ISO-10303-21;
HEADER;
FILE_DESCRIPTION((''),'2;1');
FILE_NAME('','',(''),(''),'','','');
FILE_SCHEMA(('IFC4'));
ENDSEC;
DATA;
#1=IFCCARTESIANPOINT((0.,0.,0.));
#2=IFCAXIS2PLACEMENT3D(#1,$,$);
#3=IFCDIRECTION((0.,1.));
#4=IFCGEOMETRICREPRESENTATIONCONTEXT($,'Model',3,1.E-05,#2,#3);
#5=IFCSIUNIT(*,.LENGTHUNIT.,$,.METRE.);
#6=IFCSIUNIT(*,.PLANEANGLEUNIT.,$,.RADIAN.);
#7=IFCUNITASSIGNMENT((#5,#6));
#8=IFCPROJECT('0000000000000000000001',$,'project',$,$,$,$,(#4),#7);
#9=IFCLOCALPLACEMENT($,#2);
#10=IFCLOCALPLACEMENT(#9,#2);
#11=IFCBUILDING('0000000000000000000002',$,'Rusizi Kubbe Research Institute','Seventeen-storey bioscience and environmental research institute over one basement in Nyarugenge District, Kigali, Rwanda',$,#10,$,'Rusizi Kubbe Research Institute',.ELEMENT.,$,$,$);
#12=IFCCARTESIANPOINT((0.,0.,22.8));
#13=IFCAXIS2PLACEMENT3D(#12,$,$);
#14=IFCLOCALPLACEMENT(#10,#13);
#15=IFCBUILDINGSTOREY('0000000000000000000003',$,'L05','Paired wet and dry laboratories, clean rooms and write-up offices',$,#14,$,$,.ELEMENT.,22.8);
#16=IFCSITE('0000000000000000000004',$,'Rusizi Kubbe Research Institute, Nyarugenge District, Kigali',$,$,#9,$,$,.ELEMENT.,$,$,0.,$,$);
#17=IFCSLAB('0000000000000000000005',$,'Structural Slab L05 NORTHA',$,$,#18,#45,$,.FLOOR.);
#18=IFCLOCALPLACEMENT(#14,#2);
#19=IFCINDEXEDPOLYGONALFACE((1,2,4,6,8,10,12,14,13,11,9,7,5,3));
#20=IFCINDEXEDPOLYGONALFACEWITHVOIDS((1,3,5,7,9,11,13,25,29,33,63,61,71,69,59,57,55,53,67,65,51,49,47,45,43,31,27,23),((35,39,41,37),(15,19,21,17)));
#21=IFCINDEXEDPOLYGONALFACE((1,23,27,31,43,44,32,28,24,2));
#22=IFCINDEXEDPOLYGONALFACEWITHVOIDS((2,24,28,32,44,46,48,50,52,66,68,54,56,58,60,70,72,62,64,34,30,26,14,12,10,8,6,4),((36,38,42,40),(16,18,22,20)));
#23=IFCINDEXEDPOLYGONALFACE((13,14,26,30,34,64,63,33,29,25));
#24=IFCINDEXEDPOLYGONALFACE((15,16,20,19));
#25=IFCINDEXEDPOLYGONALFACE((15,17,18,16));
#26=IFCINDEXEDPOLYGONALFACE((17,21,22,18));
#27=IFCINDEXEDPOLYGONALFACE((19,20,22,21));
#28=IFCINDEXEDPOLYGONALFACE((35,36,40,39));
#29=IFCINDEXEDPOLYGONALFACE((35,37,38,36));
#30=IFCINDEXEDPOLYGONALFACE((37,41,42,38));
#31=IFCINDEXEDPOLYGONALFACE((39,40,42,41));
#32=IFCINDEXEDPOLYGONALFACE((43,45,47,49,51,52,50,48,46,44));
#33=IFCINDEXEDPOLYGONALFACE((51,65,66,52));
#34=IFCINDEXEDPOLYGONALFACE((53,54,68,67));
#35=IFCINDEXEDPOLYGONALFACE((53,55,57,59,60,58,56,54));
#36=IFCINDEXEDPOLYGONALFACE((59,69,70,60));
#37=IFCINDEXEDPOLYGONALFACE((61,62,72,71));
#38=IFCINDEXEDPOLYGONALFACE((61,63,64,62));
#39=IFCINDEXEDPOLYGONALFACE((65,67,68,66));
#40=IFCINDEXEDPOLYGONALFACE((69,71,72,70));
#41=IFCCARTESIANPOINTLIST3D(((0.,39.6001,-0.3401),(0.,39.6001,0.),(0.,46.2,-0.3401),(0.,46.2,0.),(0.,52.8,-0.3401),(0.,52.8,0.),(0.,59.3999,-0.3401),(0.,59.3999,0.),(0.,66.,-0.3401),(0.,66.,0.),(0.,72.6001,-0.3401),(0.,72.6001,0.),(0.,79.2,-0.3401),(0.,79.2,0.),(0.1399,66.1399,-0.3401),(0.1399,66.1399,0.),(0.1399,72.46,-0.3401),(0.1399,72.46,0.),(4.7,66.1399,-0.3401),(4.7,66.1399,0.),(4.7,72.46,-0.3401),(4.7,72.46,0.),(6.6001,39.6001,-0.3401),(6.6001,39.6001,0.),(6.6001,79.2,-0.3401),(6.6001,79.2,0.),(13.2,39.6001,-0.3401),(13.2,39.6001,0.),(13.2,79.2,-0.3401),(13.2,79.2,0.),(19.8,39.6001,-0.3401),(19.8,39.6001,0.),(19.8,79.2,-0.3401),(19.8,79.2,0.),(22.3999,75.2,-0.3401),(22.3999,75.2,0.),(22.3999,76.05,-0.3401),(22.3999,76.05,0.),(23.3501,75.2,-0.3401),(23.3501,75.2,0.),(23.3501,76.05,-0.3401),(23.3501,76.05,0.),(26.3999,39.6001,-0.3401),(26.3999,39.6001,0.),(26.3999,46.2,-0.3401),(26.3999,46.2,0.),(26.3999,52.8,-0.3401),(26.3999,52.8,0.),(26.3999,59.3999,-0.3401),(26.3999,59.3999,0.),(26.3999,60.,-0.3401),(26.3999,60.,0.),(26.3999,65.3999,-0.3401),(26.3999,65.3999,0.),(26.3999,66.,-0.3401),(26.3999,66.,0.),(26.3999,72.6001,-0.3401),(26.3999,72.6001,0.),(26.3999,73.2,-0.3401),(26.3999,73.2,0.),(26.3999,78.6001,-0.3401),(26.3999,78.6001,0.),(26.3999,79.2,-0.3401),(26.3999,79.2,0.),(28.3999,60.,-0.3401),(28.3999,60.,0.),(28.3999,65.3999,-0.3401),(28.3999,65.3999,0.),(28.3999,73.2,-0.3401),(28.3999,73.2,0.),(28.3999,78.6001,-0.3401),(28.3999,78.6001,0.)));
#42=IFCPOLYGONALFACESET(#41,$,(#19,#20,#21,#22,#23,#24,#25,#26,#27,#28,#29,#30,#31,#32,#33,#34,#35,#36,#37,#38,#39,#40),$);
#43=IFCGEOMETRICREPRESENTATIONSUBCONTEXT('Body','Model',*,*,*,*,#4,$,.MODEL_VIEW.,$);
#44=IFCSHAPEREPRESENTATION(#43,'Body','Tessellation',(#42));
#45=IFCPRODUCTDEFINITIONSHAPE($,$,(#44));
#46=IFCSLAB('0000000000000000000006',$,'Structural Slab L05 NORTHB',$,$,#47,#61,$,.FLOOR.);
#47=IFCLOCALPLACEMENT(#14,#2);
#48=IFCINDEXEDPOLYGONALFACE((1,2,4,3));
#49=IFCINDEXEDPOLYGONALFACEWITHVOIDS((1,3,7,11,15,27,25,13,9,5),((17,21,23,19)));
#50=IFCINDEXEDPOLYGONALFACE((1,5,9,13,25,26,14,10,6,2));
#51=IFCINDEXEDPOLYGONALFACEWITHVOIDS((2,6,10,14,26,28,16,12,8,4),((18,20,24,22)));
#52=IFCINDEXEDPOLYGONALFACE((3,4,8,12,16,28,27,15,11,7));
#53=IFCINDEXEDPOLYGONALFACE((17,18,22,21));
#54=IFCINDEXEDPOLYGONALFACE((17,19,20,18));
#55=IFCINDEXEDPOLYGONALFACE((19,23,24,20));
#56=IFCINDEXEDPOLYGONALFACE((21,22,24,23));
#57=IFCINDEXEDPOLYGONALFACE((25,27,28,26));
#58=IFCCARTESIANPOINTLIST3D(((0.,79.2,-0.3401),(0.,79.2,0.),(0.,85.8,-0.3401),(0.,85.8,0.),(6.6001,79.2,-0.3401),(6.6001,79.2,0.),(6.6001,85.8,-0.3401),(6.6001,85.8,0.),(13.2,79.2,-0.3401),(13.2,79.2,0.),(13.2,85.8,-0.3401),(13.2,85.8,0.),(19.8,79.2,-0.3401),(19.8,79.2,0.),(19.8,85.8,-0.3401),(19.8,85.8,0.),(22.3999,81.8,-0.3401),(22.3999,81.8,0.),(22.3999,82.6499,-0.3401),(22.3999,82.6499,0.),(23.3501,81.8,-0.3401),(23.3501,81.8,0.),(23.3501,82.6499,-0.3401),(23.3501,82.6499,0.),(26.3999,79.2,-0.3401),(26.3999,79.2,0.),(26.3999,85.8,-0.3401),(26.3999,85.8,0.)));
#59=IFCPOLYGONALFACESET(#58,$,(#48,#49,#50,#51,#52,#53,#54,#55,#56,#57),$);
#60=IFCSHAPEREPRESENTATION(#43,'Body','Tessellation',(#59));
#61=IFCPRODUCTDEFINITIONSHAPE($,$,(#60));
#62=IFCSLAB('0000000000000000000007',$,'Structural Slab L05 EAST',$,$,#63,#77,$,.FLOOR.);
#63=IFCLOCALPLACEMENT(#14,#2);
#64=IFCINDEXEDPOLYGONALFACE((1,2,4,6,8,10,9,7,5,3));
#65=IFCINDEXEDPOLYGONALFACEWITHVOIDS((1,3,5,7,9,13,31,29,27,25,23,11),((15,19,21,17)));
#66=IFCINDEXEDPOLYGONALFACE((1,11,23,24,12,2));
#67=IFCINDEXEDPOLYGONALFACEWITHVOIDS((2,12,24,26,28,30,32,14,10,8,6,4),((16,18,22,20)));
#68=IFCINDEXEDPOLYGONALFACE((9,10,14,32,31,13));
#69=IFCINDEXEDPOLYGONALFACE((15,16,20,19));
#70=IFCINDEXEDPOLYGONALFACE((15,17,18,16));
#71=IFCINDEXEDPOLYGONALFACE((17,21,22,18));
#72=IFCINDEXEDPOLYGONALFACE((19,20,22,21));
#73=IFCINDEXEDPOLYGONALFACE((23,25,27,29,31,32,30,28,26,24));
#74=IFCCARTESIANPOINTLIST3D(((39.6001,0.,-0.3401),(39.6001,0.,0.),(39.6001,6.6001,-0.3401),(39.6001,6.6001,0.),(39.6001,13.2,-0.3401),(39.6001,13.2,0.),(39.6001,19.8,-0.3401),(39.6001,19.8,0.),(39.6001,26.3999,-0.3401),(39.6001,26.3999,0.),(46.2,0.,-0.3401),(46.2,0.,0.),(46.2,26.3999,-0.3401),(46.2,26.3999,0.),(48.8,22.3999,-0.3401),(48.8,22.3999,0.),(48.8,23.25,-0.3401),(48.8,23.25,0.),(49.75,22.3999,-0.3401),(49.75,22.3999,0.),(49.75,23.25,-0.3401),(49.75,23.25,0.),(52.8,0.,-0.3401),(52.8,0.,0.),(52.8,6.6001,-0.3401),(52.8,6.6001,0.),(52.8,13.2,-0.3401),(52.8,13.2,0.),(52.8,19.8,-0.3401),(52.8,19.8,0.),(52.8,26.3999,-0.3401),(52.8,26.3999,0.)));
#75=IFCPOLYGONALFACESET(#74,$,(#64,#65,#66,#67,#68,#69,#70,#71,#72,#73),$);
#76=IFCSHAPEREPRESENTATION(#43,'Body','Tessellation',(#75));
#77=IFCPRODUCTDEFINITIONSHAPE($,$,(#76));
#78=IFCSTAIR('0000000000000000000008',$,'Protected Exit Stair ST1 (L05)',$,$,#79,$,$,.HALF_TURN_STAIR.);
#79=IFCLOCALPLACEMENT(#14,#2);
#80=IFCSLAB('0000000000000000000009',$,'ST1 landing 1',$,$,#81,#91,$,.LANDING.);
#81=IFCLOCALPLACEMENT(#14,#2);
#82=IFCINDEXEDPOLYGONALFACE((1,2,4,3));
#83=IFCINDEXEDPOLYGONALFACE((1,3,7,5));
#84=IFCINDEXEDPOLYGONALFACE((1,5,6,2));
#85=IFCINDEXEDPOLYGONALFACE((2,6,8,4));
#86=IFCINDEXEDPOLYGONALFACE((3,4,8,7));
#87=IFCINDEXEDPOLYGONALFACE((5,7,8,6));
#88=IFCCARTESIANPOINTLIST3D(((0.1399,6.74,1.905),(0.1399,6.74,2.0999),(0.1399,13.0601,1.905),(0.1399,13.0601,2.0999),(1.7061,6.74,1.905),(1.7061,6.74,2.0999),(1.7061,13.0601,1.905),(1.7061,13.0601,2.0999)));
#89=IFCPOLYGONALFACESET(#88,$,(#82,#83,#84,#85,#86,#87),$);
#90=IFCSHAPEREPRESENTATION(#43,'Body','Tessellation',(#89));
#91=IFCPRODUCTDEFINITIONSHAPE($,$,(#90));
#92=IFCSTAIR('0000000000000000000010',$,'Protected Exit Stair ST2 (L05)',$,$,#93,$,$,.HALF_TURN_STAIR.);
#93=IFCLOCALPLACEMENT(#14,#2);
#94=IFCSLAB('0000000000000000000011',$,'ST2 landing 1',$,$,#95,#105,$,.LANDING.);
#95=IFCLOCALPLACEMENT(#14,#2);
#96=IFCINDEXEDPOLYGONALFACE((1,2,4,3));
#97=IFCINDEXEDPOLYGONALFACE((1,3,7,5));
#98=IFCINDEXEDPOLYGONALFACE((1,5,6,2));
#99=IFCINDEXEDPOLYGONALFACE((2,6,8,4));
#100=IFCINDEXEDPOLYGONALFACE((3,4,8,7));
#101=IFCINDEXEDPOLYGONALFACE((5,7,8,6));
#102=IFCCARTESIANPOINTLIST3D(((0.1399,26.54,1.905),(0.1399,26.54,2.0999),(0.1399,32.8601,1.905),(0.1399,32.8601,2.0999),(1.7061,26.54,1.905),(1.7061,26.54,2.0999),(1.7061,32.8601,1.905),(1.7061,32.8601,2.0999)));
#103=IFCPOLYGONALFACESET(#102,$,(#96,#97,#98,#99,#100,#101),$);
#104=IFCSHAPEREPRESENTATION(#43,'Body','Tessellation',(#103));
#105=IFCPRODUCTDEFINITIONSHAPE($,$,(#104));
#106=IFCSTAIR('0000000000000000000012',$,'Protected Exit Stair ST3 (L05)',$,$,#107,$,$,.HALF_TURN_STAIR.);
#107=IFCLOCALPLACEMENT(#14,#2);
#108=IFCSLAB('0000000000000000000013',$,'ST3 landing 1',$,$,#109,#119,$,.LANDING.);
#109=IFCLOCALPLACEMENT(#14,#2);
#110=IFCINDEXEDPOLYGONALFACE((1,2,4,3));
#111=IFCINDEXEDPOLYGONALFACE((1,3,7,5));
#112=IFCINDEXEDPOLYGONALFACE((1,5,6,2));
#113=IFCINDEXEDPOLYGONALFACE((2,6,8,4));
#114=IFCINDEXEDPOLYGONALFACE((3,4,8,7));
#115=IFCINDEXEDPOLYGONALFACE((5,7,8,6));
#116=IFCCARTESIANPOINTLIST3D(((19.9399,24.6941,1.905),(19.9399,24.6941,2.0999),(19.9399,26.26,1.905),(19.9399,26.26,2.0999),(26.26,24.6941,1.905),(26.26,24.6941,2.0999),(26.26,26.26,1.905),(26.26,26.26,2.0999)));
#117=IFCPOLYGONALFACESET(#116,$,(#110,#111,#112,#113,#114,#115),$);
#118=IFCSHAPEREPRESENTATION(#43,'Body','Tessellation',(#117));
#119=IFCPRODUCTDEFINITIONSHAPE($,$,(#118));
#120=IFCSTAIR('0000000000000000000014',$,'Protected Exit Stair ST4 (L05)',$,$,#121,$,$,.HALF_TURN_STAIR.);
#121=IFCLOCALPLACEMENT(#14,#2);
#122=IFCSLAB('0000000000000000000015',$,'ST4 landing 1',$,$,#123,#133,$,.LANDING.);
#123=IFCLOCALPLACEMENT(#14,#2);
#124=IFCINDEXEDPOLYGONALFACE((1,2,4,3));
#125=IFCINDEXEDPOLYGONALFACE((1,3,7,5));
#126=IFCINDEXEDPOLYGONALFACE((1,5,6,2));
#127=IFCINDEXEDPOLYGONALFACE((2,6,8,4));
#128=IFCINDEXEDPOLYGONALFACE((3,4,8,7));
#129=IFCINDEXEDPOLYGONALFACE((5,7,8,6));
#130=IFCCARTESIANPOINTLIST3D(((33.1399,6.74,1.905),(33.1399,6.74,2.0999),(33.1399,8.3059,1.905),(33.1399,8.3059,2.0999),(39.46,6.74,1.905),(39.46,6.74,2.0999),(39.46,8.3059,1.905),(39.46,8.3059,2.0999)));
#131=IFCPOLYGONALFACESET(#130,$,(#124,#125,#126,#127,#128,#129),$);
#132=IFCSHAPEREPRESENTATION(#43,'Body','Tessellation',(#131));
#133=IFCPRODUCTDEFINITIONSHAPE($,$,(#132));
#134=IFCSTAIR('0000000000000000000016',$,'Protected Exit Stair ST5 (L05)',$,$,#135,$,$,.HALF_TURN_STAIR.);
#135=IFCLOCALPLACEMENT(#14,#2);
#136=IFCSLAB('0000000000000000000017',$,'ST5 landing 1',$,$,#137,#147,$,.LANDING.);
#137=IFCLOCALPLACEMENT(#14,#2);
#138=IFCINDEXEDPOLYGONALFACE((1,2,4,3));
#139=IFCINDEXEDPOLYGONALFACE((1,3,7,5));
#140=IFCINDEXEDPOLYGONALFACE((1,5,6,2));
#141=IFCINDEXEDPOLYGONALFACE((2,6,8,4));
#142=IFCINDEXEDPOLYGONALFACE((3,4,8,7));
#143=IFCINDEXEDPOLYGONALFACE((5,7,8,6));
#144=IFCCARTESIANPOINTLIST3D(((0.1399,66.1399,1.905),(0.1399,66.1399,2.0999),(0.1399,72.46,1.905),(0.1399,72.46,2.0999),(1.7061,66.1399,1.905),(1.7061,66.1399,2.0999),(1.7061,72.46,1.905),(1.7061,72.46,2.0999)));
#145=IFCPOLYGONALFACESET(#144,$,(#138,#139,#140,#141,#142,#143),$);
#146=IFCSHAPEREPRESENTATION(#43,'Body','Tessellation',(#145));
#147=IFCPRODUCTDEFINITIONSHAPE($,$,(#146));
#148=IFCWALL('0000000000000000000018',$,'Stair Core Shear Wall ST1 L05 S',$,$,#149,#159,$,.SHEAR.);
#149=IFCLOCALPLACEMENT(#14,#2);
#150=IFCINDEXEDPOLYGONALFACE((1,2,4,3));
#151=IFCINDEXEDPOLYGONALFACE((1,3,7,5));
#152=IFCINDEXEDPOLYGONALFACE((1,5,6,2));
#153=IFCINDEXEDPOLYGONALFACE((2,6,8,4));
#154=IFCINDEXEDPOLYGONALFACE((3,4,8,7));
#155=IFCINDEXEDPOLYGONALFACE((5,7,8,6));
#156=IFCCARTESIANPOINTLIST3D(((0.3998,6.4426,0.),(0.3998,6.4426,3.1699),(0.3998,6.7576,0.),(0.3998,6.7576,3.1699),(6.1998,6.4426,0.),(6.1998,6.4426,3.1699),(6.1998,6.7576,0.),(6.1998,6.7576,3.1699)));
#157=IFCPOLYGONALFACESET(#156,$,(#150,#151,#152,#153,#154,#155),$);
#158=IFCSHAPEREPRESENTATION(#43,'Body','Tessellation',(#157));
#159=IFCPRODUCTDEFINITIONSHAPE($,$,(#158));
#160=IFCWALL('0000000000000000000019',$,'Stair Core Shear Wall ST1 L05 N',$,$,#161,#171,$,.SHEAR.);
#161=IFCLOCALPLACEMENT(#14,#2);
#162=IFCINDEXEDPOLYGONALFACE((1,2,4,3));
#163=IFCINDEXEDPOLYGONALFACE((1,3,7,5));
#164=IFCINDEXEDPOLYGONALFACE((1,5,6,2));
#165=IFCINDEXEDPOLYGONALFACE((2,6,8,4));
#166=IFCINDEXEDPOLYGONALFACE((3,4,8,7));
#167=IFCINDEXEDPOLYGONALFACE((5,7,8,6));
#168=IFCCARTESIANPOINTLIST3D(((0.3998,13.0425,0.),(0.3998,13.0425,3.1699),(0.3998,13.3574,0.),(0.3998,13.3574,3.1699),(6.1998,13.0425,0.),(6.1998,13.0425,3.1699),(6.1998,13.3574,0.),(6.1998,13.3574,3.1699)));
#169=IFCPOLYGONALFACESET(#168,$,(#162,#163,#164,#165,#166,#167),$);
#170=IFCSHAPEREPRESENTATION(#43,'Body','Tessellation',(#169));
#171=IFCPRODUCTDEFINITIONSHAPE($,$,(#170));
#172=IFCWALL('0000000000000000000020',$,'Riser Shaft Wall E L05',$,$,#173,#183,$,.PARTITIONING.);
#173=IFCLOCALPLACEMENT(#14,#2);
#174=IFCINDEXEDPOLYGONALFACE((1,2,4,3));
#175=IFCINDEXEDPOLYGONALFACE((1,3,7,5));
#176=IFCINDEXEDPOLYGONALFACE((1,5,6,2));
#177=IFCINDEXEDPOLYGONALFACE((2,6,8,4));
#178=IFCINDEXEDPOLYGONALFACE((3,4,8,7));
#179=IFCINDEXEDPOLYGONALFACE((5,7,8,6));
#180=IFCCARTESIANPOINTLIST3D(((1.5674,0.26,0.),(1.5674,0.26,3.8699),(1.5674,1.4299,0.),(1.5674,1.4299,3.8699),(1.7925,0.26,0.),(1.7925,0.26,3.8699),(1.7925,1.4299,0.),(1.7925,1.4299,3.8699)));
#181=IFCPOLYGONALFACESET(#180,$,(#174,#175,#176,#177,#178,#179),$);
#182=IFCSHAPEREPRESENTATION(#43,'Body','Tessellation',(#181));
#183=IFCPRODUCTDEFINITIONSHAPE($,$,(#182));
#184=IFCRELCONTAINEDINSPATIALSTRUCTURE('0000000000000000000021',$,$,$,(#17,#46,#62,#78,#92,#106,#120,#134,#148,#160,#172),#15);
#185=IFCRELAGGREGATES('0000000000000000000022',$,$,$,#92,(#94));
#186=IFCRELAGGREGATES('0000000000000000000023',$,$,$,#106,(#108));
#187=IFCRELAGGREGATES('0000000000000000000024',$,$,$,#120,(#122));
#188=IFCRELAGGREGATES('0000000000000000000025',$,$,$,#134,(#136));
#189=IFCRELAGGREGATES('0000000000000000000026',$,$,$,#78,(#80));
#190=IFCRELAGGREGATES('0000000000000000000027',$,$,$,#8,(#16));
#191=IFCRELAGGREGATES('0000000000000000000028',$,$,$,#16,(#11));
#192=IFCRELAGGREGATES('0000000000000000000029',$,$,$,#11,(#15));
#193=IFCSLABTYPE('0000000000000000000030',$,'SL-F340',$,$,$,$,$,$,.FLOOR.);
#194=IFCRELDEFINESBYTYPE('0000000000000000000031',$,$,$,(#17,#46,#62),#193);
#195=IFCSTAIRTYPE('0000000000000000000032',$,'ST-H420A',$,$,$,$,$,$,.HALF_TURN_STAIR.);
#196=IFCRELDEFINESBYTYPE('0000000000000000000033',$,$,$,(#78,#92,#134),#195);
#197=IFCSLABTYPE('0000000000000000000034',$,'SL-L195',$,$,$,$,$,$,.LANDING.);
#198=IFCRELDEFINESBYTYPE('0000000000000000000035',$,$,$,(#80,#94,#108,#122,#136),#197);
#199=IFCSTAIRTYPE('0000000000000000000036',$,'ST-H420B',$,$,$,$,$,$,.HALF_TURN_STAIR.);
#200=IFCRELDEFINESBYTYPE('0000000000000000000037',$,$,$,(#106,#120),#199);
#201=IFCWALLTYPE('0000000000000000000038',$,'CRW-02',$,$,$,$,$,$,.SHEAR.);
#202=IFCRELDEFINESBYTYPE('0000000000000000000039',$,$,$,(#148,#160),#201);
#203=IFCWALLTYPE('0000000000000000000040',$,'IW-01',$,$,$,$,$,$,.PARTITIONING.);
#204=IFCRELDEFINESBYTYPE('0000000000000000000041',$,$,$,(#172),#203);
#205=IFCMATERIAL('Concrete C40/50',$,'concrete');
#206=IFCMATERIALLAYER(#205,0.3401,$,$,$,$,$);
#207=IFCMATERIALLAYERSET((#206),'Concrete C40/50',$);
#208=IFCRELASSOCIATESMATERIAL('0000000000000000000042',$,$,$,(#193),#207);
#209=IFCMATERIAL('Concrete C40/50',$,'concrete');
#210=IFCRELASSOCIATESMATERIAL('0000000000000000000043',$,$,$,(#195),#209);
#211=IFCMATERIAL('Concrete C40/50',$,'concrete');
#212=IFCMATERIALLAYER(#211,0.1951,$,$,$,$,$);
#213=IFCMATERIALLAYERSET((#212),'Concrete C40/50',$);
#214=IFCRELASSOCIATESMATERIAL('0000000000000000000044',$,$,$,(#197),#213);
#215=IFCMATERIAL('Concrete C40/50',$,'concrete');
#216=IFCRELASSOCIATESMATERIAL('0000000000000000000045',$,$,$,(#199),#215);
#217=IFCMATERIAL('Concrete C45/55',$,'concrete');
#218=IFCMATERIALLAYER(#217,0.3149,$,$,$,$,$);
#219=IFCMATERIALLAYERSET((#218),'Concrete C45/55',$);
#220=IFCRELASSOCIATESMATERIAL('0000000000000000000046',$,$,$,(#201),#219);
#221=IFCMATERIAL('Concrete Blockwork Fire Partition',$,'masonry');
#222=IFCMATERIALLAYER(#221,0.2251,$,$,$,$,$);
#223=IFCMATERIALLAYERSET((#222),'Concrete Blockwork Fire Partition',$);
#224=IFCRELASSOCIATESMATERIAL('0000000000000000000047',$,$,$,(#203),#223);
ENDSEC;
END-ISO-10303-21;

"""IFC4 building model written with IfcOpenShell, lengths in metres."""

from ifc_helpers import new_model, si_unit, direction, frame, frame_2d, origin, place, context, subcontext, project, spatial, polyline, rectangle, outline, extrude, material, layer, layer_set, type_object, element, aggregate, save


model = new_model("IFC4")

# Units and contexts
model_context = context("Model", 3, precision=1e-05, world=origin(), true_north=direction((0.0, 1.0)))
body_context = subcontext(model_context, "Body", "Model", "MODEL_VIEW")
ifc_project = project(units=[si_unit("LENGTHUNIT", "METRE"), si_unit("PLANEANGLEUNIT", "RADIAN")], contexts=[model_context])

# Site, building, storey
site_placement = place(None, origin())
site = spatial("IfcSite", under=ifc_project, at=site_placement, Name="Rusizi Kubbe Research Institute, Nyarugenge District, Kigali", CompositionType="ELEMENT", RefElevation=0.0)
building_placement = place(site_placement, origin())
building = spatial("IfcBuilding", under=site, at=building_placement, Name="Rusizi Kubbe Research Institute", Description="Seventeen-storey bioscience and environmental research institute over one basement in Nyarugenge District, Kigali, Rwanda", LongName="Rusizi Kubbe Research Institute", CompositionType="ELEMENT")
storey_placement = place(building_placement, frame((0.0, 0.0, 22.8)))
storey = spatial("IfcBuildingStorey", under=building, at=storey_placement, Name="L05", Description="Paired wet and dry laboratories, clean rooms and write-up offices", CompositionType="ELEMENT", Elevation=22.8)

# Slabs
ifc_material_1 = material(Name="Concrete C40/50", Category="concrete")
ifc_layer_1 = layer(ifc_material_1, 0.3401)
ifc_layer_set_1 = layer_set([ifc_layer_1], Name="Concrete C40/50")
slab_type_1 = type_object("IfcSlabType", Name="SL-F340", PredefinedType="FLOOR", material=ifc_layer_set_1)
slab_1_placement = place(storey_placement, frame((0.0, 0.0, -0.3401)))
element("IfcSlab", 1, at=slab_1_placement, inside=storey, type_object=slab_type_1, Name="Structural Slab L05 NORTHA", PredefinedType="FLOOR", context=body_context, shape_type="SweptSolid", body=[
    extrude(outline(polyline([(0.0, 72.6001), (0.0, 79.2), (6.6001, 79.2), (13.2, 79.2), (19.8, 79.2), (26.3999, 79.2), (26.3999, 78.6001), (28.3999, 78.6001), (28.3999, 73.2), (26.3999, 73.2), (26.3999, 72.6001), (26.3999, 66.0), (26.3999, 65.3999), (28.3999, 65.3999), (28.3999, 60.0), (26.3999, 60.0), (26.3999, 59.3999), (26.3999, 52.8), (26.3999, 46.2), (26.3999, 39.6001), (19.8, 39.6001), (13.2, 39.6001), (6.6001, 39.6001), (0.0, 39.6001), (0.0, 46.2), (0.0, 52.8), (0.0, 59.3999), (0.0, 66.0), (0.0, 72.6001)]), holes=[polyline([(4.7, 72.46), (0.1399, 72.46), (0.1399, 66.1399), (4.7, 66.1399), (4.7, 72.46)]), polyline([(23.3501, 76.05), (22.3999, 76.05), (22.3999, 75.2), (23.3501, 75.2), (23.3501, 76.05)])]), origin(), (0.0, 0.0, 1.0), 0.3401),
])
slab_2_placement = place(storey_placement, frame((0.0, 0.0, -0.3401)))
element("IfcSlab", 2, at=slab_2_placement, inside=storey, type_object=slab_type_1, Name="Structural Slab L05 NORTHB", PredefinedType="FLOOR", context=body_context, shape_type="SweptSolid", body=[
    extrude(outline(polyline([(6.6001, 85.8), (13.2, 85.8), (19.8, 85.8), (26.3999, 85.8), (26.3999, 79.2), (19.8, 79.2), (13.2, 79.2), (6.6001, 79.2), (0.0, 79.2), (0.0, 85.8), (6.6001, 85.8)]), holes=[polyline([(23.3501, 82.6499), (22.3999, 82.6499), (22.3999, 81.8), (23.3501, 81.8), (23.3501, 82.6499)])]), origin(), (0.0, 0.0, 1.0), 0.3401),
])
slab_3_placement = place(storey_placement, frame((0.0, 0.0, -0.3401)))
element("IfcSlab", 3, at=slab_3_placement, inside=storey, type_object=slab_type_1, Name="Structural Slab L05 EAST", PredefinedType="FLOOR", context=body_context, shape_type="SweptSolid", body=[
    extrude(outline(polyline([(39.6001, 19.8), (39.6001, 26.3999), (46.2, 26.3999), (52.8, 26.3999), (52.8, 19.8), (52.8, 13.2), (52.8, 6.6001), (52.8, 0.0), (46.2, 0.0), (39.6001, 0.0), (39.6001, 6.6001), (39.6001, 13.2), (39.6001, 19.8)]), holes=[polyline([(48.8, 23.25), (48.8, 22.3999), (49.75, 22.3999), (49.75, 23.25), (48.8, 23.25)])]), origin(), (0.0, 0.0, 1.0), 0.3401),
])

# Stairs, slabs
ifc_material_2 = material(Name="Concrete C40/50", Category="concrete")
stair_type_1 = type_object("IfcStairType", Name="ST-H420A", PredefinedType="HALF_TURN_STAIR", material=ifc_material_2)
stair_1_placement = place(storey_placement, origin())
stair_1 = element("IfcStair", 4, at=stair_1_placement, inside=storey, type_object=stair_type_1, Name="Protected Exit Stair ST1 (L05)", PredefinedType="HALF_TURN_STAIR")
ifc_material_3 = material(Name="Concrete C40/50", Category="concrete")
ifc_layer_2 = layer(ifc_material_3, 0.1951)
ifc_layer_set_2 = layer_set([ifc_layer_2], Name="Concrete C40/50")
slab_type_2 = type_object("IfcSlabType", Name="SL-L195", PredefinedType="LANDING", material=ifc_layer_set_2)
slab_4_placement = place(storey_placement, frame((0.0, 0.0, 1.905)))
slab_4 = element("IfcSlab", 5, at=slab_4_placement, type_object=slab_type_2, Name="ST1 landing 1", PredefinedType="LANDING", context=body_context, shape_type="SweptSolid", body=[
    extrude(outline(polyline([(1.7061, 13.0601), (0.1399, 13.0601), (0.1399, 6.74), (1.7061, 6.74), (1.7061, 13.0601)])), origin(), (0.0, 0.0, 1.0), 0.1948),
])
stair_2_placement = place(storey_placement, origin())
stair_2 = element("IfcStair", 6, at=stair_2_placement, inside=storey, type_object=stair_type_1, Name="Protected Exit Stair ST2 (L05)", PredefinedType="HALF_TURN_STAIR")
slab_5_placement = place(storey_placement, frame((0.0, 0.0, 1.905)))
slab_5 = element("IfcSlab", 7, at=slab_5_placement, type_object=slab_type_2, Name="ST2 landing 1", PredefinedType="LANDING", context=body_context, shape_type="SweptSolid", body=[
    extrude(outline(polyline([(1.7061, 32.8601), (0.1399, 32.8601), (0.1399, 26.54), (1.7061, 26.54), (1.7061, 32.8601)])), origin(), (0.0, 0.0, 1.0), 0.1948),
])
aggregate(stair_2, [slab_5])
ifc_material_4 = material(Name="Concrete C40/50", Category="concrete")
stair_type_2 = type_object("IfcStairType", Name="ST-H420B", PredefinedType="HALF_TURN_STAIR", material=ifc_material_4)
stair_3_placement = place(storey_placement, origin())
stair_3 = element("IfcStair", 8, at=stair_3_placement, inside=storey, type_object=stair_type_2, Name="Protected Exit Stair ST3 (L05)", PredefinedType="HALF_TURN_STAIR")
slab_6_placement = place(storey_placement, frame((0.0, 0.0, 1.905)))
slab_6 = element("IfcSlab", 9, at=slab_6_placement, type_object=slab_type_2, Name="ST3 landing 1", PredefinedType="LANDING", context=body_context, shape_type="SweptSolid", body=[
    extrude(outline(polyline([(26.26, 24.6941), (26.26, 26.26), (19.9399, 26.26), (19.9399, 24.6941), (26.26, 24.6941)])), origin(), (0.0, 0.0, 1.0), 0.1948),
])
aggregate(stair_3, [slab_6])
stair_4_placement = place(storey_placement, origin())
stair_4 = element("IfcStair", 10, at=stair_4_placement, inside=storey, type_object=stair_type_2, Name="Protected Exit Stair ST4 (L05)", PredefinedType="HALF_TURN_STAIR")
slab_7_placement = place(storey_placement, frame((0.0, 0.0, 1.905)))
slab_7 = element("IfcSlab", 11, at=slab_7_placement, type_object=slab_type_2, Name="ST4 landing 1", PredefinedType="LANDING", context=body_context, shape_type="SweptSolid", body=[
    extrude(outline(polyline([(33.1399, 8.3059), (33.1399, 6.74), (39.46, 6.74), (39.46, 8.3059), (33.1399, 8.3059)])), origin(), (0.0, 0.0, 1.0), 0.1948),
])
aggregate(stair_4, [slab_7])
stair_5_placement = place(storey_placement, origin())
stair_5 = element("IfcStair", 12, at=stair_5_placement, inside=storey, type_object=stair_type_1, Name="Protected Exit Stair ST5 (L05)", PredefinedType="HALF_TURN_STAIR")
slab_8_placement = place(storey_placement, frame((0.0, 0.0, 1.905)))
slab_8 = element("IfcSlab", 13, at=slab_8_placement, type_object=slab_type_2, Name="ST5 landing 1", PredefinedType="LANDING", context=body_context, shape_type="SweptSolid", body=[
    extrude(outline(polyline([(1.7061, 72.46), (0.1399, 72.46), (0.1399, 66.1399), (1.7061, 66.1399), (1.7061, 72.46)])), origin(), (0.0, 0.0, 1.0), 0.1948),
])
aggregate(stair_5, [slab_8])

# Walls
ifc_material_5 = material(Name="Concrete C45/55", Category="concrete")
ifc_layer_3 = layer(ifc_material_5, 0.3149)
ifc_layer_set_3 = layer_set([ifc_layer_3], Name="Concrete C45/55")
wall_type_1 = type_object("IfcWallType", Name="CRW-02", PredefinedType="SHEAR", material=ifc_layer_set_3)
for number, where, z_axis, x_axis, name in (
    (14, (0.3999, 6.6001, 0.0), (0.0, 0.0, 1.0), (1.0, 0.0, 0.0), "Stair Core Shear Wall ST1 L05 S"),
    (15, (0.3999, 13.2, 0.0), (0.0, 0.0, 1.0), (1.0, 0.0, 0.0), "Stair Core Shear Wall ST1 L05 N"),
):
    element("IfcWall", number, at=place(storey_placement, frame(where, z_axis=z_axis, x_axis=x_axis)), inside=storey, type_object=wall_type_1, Name=name, PredefinedType="SHEAR", context=body_context, shape_type="SweptSolid", body=[
        extrude(rectangle(XDim=5.8, YDim=0.3149, at=frame_2d((2.8999, 0.0))), origin(), (0.0, 0.0, 1.0), 3.1699),
    ])
ifc_material_6 = material(Name="Concrete Blockwork Fire Partition", Category="masonry")
ifc_layer_4 = layer(ifc_material_6, 0.2251)
ifc_layer_set_4 = layer_set([ifc_layer_4], Name="Concrete Blockwork Fire Partition")
wall_type_2 = type_object("IfcWallType", Name="IW-01", PredefinedType="PARTITIONING", material=ifc_layer_set_4)
wall_1_placement = place(storey_placement, frame((1.6799, 0.26, 0.0), z_axis=(0.0, 0.0, 1.0), x_axis=(0.0, 1.0, 0.0)))
element("IfcWall", 16, at=wall_1_placement, inside=storey, type_object=wall_type_2, Name="Riser Shaft Wall E L05", PredefinedType="PARTITIONING", context=body_context, shape_type="SweptSolid", body=[
    extrude(rectangle(XDim=1.1699, YDim=0.2251, at=frame_2d((0.585, 0.0))), origin(), (0.0, 0.0, 1.0), 3.8699),
])

aggregate(stair_1, [slab_4])

save(model, "model.ifc")
